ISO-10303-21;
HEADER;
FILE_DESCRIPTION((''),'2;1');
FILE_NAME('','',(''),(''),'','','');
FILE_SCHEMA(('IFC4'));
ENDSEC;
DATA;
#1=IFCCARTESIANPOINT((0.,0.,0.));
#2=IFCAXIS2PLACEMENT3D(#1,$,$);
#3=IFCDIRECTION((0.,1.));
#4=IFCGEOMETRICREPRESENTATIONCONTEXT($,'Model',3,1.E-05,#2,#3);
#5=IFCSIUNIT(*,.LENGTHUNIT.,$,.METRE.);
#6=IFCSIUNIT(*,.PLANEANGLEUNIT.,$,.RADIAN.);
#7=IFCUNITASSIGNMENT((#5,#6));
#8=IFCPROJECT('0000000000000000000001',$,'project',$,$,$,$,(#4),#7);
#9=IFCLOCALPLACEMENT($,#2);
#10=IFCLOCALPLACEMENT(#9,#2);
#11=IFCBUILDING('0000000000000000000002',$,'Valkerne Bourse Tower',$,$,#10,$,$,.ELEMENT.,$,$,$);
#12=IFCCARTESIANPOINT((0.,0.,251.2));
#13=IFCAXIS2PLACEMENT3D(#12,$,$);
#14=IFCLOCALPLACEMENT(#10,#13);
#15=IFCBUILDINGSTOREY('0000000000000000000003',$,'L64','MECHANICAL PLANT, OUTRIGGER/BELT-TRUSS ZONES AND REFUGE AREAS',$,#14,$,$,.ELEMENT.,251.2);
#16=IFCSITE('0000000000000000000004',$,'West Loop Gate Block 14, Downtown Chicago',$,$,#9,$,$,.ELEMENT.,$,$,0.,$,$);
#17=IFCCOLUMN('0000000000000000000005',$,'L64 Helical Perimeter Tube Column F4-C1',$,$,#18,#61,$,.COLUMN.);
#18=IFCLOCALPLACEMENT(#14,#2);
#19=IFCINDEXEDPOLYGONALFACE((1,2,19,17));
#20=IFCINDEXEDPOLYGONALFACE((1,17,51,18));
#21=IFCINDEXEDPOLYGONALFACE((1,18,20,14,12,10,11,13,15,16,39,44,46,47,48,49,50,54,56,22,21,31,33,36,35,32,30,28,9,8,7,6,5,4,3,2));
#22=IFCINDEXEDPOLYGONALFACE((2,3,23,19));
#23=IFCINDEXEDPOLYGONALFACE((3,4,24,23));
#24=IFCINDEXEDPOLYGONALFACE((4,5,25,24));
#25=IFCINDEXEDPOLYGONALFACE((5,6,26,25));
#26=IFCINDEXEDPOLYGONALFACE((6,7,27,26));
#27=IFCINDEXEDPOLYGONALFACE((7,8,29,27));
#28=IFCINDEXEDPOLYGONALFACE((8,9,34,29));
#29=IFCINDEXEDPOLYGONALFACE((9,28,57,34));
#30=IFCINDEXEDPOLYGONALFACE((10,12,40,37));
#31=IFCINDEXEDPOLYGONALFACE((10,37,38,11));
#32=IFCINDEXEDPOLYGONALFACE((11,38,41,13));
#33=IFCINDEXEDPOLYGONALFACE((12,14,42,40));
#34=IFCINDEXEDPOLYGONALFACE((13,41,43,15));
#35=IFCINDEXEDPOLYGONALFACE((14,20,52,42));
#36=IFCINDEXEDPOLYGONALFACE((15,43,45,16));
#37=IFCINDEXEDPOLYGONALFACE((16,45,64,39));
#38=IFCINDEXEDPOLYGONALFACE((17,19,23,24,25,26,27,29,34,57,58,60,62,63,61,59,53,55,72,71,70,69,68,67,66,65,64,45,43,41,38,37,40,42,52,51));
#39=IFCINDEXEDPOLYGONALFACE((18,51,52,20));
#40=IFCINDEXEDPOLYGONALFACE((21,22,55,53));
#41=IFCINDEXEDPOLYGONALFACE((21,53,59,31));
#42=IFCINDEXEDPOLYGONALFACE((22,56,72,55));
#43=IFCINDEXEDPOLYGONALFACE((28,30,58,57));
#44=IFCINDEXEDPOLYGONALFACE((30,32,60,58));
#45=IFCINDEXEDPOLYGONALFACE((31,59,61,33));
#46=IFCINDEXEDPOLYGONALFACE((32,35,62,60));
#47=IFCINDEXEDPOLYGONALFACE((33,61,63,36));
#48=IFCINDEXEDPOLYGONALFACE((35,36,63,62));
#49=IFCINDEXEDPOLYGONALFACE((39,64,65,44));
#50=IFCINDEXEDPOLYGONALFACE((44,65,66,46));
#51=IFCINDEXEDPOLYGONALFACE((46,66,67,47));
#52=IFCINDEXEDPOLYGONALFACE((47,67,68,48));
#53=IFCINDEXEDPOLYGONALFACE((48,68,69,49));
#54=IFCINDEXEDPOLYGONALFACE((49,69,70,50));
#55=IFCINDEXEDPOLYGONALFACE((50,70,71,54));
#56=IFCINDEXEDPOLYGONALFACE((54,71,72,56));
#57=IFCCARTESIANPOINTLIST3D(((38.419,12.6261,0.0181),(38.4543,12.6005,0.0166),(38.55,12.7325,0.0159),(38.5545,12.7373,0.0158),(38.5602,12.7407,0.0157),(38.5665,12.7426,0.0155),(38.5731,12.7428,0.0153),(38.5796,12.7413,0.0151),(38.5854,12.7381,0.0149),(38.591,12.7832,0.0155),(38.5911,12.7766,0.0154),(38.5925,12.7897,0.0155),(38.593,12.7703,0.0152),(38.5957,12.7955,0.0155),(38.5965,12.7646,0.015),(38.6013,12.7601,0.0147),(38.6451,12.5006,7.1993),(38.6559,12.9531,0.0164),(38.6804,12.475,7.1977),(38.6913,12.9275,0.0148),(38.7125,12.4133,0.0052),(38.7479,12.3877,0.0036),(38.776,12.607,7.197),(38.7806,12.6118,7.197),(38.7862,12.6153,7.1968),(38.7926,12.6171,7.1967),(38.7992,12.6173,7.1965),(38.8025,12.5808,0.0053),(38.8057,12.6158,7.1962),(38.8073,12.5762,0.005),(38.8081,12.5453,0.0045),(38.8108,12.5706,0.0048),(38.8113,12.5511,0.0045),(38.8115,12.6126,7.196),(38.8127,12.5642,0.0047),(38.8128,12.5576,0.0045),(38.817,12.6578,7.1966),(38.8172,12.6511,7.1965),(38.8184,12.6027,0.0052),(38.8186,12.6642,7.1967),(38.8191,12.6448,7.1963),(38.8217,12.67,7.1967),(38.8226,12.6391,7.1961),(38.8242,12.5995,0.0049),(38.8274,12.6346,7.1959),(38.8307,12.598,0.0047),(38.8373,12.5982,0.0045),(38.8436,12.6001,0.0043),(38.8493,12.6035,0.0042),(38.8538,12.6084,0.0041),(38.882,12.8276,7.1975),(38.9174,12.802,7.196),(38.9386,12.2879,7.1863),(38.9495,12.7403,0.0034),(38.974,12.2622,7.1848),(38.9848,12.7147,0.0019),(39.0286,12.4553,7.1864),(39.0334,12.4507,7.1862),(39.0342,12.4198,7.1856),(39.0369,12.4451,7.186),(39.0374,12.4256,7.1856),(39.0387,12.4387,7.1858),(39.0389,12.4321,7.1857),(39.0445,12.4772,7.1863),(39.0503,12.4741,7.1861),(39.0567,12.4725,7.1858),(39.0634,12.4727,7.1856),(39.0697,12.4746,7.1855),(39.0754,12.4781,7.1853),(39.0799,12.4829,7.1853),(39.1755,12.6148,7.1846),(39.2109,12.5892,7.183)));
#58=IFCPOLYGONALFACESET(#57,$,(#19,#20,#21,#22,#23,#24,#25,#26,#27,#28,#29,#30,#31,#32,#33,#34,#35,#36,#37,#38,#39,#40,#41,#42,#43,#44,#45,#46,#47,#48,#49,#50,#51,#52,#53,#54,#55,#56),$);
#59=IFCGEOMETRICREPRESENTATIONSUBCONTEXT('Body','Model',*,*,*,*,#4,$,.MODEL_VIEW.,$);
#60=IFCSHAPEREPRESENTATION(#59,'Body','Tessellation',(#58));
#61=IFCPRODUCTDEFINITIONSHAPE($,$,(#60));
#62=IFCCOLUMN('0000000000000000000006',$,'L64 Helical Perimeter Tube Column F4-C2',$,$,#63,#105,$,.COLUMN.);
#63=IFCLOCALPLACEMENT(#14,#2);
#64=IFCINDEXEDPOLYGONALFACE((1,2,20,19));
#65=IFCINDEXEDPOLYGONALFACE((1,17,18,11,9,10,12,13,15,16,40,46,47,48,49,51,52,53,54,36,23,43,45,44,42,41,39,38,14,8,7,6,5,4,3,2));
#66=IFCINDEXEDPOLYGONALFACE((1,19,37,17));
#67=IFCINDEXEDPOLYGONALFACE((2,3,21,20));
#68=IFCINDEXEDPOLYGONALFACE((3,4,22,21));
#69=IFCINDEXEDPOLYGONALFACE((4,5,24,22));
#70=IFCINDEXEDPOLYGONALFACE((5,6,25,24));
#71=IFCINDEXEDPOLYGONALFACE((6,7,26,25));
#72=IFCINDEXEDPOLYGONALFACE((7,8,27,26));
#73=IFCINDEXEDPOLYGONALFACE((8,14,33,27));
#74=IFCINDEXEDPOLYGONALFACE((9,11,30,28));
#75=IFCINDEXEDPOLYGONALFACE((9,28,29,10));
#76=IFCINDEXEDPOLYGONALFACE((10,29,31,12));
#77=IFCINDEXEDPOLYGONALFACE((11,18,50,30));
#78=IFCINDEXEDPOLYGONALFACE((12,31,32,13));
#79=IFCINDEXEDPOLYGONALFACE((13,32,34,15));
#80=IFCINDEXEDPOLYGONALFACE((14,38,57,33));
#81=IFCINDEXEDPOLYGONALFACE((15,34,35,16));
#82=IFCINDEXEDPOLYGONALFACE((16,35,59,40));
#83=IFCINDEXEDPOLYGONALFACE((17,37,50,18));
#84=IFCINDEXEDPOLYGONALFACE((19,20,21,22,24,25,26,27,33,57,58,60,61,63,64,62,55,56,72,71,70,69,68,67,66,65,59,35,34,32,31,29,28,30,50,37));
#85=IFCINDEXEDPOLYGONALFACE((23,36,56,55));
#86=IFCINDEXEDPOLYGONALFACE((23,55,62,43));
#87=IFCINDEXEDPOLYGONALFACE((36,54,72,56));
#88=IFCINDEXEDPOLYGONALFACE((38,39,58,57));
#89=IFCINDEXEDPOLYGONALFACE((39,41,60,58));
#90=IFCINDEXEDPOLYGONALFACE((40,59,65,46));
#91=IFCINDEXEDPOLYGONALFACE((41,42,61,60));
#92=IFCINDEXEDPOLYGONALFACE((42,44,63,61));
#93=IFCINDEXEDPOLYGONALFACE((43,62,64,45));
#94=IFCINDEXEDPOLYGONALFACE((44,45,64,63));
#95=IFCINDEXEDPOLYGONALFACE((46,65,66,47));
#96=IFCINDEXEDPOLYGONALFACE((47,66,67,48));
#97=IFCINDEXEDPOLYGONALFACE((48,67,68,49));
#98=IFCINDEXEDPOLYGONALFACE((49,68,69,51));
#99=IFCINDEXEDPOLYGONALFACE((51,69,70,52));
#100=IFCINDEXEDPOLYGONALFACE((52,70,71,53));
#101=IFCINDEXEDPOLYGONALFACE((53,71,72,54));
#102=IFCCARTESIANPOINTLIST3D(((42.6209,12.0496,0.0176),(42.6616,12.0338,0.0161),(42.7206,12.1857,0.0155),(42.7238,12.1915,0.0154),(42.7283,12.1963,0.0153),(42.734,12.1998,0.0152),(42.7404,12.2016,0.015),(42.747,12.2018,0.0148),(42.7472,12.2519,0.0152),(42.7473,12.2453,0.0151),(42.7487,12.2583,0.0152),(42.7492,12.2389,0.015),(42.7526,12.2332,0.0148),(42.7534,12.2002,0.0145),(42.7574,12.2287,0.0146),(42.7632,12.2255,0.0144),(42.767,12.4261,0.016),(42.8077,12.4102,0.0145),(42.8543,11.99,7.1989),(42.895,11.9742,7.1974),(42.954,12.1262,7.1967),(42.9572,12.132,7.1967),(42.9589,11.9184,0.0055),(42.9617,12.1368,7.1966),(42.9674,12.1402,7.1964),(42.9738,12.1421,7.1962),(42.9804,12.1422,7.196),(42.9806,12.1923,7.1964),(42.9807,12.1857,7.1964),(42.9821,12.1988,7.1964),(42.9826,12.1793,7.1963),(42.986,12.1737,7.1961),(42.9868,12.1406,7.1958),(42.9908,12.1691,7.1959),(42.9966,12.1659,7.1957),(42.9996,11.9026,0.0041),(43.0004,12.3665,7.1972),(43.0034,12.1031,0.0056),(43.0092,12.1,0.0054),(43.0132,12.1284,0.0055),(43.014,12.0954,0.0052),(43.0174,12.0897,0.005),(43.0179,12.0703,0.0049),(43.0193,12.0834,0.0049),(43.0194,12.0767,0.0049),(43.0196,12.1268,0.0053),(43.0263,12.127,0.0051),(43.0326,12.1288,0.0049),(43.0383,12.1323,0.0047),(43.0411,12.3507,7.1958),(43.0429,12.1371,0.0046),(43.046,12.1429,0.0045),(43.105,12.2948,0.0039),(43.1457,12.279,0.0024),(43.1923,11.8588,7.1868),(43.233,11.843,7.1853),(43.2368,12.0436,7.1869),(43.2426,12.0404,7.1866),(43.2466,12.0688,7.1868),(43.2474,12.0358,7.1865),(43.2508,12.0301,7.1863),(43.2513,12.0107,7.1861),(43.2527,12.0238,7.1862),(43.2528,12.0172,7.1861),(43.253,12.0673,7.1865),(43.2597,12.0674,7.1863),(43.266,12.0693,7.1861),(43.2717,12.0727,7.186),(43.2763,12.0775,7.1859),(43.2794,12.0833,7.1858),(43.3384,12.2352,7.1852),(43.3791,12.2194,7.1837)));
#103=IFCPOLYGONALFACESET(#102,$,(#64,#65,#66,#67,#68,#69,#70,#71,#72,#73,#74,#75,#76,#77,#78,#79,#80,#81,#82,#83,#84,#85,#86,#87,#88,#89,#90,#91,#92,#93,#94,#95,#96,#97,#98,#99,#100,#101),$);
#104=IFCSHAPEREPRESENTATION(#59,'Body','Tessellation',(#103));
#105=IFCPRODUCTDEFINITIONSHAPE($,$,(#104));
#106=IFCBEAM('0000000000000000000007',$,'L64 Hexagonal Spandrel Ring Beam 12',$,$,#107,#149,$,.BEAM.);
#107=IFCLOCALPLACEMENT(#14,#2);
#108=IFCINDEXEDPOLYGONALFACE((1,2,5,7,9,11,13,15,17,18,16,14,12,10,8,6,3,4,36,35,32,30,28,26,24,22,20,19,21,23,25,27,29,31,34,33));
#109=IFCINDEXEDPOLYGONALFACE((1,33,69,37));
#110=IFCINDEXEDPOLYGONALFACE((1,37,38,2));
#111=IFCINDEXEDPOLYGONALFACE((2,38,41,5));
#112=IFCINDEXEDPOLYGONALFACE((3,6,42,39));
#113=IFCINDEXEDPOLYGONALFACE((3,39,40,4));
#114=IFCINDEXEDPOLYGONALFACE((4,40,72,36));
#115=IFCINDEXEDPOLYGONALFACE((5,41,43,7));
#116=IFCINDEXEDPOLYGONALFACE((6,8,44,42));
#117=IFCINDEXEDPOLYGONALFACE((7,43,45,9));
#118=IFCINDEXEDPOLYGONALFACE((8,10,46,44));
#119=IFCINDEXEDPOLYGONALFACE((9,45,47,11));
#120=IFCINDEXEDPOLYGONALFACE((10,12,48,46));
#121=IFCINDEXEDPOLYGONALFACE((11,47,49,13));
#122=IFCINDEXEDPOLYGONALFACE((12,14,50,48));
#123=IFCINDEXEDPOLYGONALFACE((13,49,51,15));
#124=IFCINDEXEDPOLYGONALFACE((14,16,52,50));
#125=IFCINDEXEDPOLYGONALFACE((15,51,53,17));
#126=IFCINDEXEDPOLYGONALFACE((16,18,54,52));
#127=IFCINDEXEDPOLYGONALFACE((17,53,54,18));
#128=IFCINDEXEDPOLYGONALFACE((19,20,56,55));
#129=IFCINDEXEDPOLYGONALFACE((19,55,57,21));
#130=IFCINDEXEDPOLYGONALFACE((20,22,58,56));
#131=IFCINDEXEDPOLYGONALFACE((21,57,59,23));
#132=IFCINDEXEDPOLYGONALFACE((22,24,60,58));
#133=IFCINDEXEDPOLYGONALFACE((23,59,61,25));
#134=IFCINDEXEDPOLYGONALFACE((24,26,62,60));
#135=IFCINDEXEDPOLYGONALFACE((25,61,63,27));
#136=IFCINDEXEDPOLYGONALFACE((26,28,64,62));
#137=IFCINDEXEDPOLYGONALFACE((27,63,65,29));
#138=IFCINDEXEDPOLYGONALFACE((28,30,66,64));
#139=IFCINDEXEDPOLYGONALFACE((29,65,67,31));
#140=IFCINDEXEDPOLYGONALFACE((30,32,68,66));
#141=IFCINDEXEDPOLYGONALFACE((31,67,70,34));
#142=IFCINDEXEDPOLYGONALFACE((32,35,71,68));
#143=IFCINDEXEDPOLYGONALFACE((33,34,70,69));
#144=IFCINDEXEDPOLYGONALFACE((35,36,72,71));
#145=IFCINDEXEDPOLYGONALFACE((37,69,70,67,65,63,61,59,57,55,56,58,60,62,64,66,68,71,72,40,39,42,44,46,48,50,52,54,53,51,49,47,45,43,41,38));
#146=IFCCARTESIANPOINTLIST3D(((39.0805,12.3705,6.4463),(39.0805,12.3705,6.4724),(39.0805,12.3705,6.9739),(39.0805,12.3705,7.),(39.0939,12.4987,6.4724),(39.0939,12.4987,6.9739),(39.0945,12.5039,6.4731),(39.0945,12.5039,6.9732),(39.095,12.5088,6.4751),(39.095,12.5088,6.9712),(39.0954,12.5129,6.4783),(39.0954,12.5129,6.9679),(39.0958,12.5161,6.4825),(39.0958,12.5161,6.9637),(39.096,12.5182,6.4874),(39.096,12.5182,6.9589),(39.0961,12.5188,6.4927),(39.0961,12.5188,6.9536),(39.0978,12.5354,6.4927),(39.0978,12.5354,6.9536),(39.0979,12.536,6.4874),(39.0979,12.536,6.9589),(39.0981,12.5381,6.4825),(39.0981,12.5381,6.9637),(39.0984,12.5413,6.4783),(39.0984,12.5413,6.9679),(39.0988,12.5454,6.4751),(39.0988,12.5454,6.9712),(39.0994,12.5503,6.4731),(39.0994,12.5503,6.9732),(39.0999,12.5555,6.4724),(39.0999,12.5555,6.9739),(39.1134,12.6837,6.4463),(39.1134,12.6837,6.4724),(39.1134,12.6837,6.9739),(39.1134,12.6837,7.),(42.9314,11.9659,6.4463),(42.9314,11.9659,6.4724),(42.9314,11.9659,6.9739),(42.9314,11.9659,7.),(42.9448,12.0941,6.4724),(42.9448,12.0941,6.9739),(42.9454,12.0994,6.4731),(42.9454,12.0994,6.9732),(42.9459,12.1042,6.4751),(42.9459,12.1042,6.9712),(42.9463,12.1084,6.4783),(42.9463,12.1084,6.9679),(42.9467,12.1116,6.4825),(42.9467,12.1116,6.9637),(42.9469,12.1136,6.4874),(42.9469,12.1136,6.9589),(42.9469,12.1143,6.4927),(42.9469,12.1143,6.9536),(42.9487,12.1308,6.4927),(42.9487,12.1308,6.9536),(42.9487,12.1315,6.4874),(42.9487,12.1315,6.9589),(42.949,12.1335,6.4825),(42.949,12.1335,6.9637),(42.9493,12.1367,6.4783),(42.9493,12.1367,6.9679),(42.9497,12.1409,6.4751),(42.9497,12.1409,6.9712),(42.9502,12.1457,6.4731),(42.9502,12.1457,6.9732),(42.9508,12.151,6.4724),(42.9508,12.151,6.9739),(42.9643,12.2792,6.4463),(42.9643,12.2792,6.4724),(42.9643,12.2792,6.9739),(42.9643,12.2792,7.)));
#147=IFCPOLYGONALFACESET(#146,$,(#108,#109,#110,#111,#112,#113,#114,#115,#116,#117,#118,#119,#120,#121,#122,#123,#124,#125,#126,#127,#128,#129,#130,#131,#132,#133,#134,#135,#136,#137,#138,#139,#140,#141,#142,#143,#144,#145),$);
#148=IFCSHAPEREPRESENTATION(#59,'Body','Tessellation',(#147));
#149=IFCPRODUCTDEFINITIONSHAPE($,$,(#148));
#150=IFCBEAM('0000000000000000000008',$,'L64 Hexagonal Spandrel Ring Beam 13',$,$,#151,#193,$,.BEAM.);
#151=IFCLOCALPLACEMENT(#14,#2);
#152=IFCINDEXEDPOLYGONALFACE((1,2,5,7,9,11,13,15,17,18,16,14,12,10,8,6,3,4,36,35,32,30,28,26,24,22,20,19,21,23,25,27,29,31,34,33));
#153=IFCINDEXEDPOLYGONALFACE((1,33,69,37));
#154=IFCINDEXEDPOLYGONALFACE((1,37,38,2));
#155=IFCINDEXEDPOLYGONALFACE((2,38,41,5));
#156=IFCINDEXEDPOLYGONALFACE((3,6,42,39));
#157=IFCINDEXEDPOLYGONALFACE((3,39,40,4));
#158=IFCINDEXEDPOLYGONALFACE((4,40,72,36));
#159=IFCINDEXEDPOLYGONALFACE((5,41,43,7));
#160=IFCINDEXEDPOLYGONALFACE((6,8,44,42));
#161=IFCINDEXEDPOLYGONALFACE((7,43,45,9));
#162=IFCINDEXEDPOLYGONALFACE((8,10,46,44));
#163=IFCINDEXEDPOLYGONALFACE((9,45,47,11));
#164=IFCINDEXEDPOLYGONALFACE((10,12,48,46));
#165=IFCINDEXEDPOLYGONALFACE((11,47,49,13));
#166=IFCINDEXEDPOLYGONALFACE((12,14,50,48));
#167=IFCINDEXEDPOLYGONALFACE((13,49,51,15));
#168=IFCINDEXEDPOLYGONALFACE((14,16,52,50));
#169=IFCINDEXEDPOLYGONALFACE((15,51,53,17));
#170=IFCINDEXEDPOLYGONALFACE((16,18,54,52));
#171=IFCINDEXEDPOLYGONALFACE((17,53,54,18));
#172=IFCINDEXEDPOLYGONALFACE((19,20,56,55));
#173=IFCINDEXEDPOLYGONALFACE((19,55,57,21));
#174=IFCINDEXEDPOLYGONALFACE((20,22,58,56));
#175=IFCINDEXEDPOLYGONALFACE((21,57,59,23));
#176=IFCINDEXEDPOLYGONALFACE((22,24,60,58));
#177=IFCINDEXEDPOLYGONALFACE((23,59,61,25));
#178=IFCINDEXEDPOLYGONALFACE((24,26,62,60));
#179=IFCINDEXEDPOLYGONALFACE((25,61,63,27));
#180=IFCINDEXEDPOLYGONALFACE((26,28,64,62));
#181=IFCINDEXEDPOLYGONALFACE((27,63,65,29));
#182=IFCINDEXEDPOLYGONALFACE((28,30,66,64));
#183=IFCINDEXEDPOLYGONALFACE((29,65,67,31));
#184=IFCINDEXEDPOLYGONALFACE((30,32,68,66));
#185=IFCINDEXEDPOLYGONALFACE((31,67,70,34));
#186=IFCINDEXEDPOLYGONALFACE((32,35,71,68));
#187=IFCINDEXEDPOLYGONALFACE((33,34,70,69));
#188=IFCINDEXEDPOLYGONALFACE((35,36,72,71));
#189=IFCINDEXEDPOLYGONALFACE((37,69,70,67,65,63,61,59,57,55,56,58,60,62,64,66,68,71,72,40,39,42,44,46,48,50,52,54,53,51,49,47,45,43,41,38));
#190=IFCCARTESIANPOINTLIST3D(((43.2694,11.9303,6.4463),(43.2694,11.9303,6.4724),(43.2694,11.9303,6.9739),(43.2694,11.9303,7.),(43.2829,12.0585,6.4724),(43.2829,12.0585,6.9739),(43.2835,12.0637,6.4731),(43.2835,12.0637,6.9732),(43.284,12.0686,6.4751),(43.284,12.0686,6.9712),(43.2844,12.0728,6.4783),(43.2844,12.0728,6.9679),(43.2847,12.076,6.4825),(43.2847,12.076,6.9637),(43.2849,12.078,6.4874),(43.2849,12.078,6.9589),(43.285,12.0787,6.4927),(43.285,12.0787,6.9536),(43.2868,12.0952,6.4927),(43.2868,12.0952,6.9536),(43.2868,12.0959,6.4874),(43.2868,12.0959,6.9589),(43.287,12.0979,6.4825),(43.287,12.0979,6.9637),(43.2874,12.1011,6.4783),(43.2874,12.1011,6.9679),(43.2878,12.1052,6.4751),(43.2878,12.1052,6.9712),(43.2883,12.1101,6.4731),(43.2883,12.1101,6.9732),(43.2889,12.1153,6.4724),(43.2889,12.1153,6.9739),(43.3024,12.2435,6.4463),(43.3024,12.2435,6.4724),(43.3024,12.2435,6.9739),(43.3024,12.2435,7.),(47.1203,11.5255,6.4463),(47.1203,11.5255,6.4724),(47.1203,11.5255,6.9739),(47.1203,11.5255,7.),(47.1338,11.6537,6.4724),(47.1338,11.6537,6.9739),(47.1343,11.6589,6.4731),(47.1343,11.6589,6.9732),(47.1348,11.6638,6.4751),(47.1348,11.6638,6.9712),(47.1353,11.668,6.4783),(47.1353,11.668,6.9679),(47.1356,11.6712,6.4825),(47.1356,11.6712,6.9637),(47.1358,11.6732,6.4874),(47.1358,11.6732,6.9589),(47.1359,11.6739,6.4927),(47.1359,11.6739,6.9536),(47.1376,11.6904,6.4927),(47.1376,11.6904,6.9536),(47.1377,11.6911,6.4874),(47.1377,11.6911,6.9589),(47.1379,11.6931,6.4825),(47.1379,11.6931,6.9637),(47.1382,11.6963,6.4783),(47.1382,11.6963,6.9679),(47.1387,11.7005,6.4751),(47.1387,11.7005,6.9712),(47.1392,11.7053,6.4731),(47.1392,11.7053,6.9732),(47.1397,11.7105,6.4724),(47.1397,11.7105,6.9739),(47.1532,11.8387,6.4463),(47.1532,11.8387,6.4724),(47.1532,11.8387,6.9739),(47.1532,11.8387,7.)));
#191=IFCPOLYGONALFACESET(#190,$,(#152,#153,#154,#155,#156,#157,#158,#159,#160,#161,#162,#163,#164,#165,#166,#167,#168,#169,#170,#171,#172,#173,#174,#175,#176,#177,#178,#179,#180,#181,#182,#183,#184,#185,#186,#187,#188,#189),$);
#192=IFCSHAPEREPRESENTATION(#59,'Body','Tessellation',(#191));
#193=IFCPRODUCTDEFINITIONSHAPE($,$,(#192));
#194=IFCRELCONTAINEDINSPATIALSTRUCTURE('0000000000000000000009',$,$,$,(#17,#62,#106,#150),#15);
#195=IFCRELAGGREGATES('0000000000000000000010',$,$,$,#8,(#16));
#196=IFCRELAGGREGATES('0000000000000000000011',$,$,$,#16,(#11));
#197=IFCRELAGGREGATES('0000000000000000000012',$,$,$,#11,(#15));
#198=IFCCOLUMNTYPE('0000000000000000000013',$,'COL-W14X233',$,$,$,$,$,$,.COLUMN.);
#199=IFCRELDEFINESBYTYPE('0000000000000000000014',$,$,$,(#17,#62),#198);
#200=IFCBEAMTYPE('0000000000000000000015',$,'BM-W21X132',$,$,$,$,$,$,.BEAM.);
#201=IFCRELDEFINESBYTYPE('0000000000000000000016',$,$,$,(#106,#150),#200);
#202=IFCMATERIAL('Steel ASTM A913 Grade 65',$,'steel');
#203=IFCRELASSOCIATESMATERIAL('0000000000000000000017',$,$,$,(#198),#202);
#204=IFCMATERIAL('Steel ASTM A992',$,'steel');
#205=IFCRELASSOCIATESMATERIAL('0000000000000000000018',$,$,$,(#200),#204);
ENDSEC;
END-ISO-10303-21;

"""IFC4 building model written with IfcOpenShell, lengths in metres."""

from ifc_helpers import new_model, si_unit, direction, frame, origin, origin_2d, place, context, subcontext, project, spatial, i_section, extrude, material, material_profile, profile_set, type_object, element, save


model = new_model("IFC4")

# Units and contexts
model_context = context("Model", 3, precision=1e-05, world=origin(), true_north=direction((0.0, 1.0)))
body_context = subcontext(model_context, "Body", "Model", "MODEL_VIEW")
ifc_project = project(units=[si_unit("LENGTHUNIT", "METRE"), si_unit("PLANEANGLEUNIT", "RADIAN")], contexts=[model_context])

# Site, building, storey
site_placement = place(None, origin())
site = spatial("IfcSite", under=ifc_project, at=site_placement, Name="West Loop Gate Block 14, Downtown Chicago", CompositionType="ELEMENT", RefElevation=0.0)
building_placement = place(site_placement, origin())
building = spatial("IfcBuilding", under=site, at=building_placement, Name="Valkerne Bourse Tower", CompositionType="ELEMENT")
storey_placement = place(building_placement, frame((0.0, 0.0, 251.2)))
storey = spatial("IfcBuildingStorey", under=building, at=storey_placement, Name="L64", Description="MECHANICAL PLANT, OUTRIGGER/BELT-TRUSS ZONES AND REFUGE AREAS", CompositionType="ELEMENT", Elevation=251.2)

# Columns
ifc_material_1 = material(Name="Steel ASTM A913 Grade 65", Category="steel")
ifc_material_profile_1 = material_profile(ifc_material_1, i_section(OverallWidth=0.4038, OverallDepth=0.4065, WebThickness=0.0271, FlangeThickness=0.0437, FilletRadius=0.0254, at=origin_2d()), Name="W14X233")
ifc_profile_set_1 = profile_set([ifc_material_profile_1], Name="Steel ASTM A913 Grade 65")
column_type = type_object("IfcColumnType", Name="COL-W14X233", PredefinedType="COLUMN", material=ifc_profile_set_1)
column_1_placement = place(storey_placement, frame((38.7019, 12.6704, 0.01), z_axis=(0.031461, -0.017463, 0.999352), x_axis=(0.586779, 0.809736, -0.004323)))
element("IfcColumn", 1, at=column_1_placement, inside=storey, type_object=column_type, Name="L64 Helical Perimeter Tube Column F4-C1", PredefinedType="COLUMN", context=body_context, shape_type="SweptSolid", body=[
    extrude(i_section(OverallWidth=0.4038, OverallDepth=0.4065, WebThickness=0.0271, FlangeThickness=0.0437, FilletRadius=0.0254, at=origin_2d()), origin(), (0.0, 0.0, 1.0), 7.1858),
])
column_2_placement = place(storey_placement, frame((42.8833, 12.1643, 0.01), z_axis=(0.032483, -0.008291, 0.999438), x_axis=(0.361851, 0.932227, -0.004028)))
element("IfcColumn", 2, at=column_2_placement, inside=storey, type_object=column_type, Name="L64 Helical Perimeter Tube Column F4-C2", PredefinedType="COLUMN", context=body_context, shape_type="SweptSolid", body=[
    extrude(i_section(OverallWidth=0.4038, OverallDepth=0.4065, WebThickness=0.0271, FlangeThickness=0.0437, FilletRadius=0.0254, at=origin_2d()), origin(), (0.0, 0.0, 1.0), 7.1853),
])

# Beams
ifc_material_2 = material(Name="Steel ASTM A992", Category="steel")
ifc_material_profile_2 = material_profile(ifc_material_2, i_section(OverallWidth=0.3149, OverallDepth=0.5537, WebThickness=0.0166, FlangeThickness=0.0261, FilletRadius=0.0203, at=origin_2d()), Name="W21X132")
ifc_profile_set_2 = profile_set([ifc_material_profile_2], Name="Steel ASTM A992")
beam_type_1 = type_object("IfcBeamType", Name="BM-W21X132", PredefinedType="BEAM", material=ifc_profile_set_2)
for number, where, z_axis, x_axis, name in (
    (3, (39.0969, 12.5271, 6.7231), (0.994527, -0.104478, 0.0), (0.104478, 0.994527, 0.0), "L64 Hexagonal Spandrel Ring Beam 12"),
    (4, (43.2859, 12.0869, 6.7231), (0.994521, -0.10454, 0.0), (0.10454, 0.994521, 0.0), "L64 Hexagonal Spandrel Ring Beam 13"),
):
    element("IfcBeam", number, at=place(storey_placement, frame(where, z_axis=z_axis, x_axis=x_axis)), inside=storey, type_object=beam_type_1, Name=name, PredefinedType="BEAM", context=body_context, shape_type="SweptSolid", body=[
        extrude(i_section(OverallWidth=0.3149, OverallDepth=0.5537, WebThickness=0.0166, FlangeThickness=0.0261, FilletRadius=0.0203, at=origin_2d()), origin(), (0.0, 0.0, 1.0), 3.8721),
    ])

save(model, "model.ifc")
